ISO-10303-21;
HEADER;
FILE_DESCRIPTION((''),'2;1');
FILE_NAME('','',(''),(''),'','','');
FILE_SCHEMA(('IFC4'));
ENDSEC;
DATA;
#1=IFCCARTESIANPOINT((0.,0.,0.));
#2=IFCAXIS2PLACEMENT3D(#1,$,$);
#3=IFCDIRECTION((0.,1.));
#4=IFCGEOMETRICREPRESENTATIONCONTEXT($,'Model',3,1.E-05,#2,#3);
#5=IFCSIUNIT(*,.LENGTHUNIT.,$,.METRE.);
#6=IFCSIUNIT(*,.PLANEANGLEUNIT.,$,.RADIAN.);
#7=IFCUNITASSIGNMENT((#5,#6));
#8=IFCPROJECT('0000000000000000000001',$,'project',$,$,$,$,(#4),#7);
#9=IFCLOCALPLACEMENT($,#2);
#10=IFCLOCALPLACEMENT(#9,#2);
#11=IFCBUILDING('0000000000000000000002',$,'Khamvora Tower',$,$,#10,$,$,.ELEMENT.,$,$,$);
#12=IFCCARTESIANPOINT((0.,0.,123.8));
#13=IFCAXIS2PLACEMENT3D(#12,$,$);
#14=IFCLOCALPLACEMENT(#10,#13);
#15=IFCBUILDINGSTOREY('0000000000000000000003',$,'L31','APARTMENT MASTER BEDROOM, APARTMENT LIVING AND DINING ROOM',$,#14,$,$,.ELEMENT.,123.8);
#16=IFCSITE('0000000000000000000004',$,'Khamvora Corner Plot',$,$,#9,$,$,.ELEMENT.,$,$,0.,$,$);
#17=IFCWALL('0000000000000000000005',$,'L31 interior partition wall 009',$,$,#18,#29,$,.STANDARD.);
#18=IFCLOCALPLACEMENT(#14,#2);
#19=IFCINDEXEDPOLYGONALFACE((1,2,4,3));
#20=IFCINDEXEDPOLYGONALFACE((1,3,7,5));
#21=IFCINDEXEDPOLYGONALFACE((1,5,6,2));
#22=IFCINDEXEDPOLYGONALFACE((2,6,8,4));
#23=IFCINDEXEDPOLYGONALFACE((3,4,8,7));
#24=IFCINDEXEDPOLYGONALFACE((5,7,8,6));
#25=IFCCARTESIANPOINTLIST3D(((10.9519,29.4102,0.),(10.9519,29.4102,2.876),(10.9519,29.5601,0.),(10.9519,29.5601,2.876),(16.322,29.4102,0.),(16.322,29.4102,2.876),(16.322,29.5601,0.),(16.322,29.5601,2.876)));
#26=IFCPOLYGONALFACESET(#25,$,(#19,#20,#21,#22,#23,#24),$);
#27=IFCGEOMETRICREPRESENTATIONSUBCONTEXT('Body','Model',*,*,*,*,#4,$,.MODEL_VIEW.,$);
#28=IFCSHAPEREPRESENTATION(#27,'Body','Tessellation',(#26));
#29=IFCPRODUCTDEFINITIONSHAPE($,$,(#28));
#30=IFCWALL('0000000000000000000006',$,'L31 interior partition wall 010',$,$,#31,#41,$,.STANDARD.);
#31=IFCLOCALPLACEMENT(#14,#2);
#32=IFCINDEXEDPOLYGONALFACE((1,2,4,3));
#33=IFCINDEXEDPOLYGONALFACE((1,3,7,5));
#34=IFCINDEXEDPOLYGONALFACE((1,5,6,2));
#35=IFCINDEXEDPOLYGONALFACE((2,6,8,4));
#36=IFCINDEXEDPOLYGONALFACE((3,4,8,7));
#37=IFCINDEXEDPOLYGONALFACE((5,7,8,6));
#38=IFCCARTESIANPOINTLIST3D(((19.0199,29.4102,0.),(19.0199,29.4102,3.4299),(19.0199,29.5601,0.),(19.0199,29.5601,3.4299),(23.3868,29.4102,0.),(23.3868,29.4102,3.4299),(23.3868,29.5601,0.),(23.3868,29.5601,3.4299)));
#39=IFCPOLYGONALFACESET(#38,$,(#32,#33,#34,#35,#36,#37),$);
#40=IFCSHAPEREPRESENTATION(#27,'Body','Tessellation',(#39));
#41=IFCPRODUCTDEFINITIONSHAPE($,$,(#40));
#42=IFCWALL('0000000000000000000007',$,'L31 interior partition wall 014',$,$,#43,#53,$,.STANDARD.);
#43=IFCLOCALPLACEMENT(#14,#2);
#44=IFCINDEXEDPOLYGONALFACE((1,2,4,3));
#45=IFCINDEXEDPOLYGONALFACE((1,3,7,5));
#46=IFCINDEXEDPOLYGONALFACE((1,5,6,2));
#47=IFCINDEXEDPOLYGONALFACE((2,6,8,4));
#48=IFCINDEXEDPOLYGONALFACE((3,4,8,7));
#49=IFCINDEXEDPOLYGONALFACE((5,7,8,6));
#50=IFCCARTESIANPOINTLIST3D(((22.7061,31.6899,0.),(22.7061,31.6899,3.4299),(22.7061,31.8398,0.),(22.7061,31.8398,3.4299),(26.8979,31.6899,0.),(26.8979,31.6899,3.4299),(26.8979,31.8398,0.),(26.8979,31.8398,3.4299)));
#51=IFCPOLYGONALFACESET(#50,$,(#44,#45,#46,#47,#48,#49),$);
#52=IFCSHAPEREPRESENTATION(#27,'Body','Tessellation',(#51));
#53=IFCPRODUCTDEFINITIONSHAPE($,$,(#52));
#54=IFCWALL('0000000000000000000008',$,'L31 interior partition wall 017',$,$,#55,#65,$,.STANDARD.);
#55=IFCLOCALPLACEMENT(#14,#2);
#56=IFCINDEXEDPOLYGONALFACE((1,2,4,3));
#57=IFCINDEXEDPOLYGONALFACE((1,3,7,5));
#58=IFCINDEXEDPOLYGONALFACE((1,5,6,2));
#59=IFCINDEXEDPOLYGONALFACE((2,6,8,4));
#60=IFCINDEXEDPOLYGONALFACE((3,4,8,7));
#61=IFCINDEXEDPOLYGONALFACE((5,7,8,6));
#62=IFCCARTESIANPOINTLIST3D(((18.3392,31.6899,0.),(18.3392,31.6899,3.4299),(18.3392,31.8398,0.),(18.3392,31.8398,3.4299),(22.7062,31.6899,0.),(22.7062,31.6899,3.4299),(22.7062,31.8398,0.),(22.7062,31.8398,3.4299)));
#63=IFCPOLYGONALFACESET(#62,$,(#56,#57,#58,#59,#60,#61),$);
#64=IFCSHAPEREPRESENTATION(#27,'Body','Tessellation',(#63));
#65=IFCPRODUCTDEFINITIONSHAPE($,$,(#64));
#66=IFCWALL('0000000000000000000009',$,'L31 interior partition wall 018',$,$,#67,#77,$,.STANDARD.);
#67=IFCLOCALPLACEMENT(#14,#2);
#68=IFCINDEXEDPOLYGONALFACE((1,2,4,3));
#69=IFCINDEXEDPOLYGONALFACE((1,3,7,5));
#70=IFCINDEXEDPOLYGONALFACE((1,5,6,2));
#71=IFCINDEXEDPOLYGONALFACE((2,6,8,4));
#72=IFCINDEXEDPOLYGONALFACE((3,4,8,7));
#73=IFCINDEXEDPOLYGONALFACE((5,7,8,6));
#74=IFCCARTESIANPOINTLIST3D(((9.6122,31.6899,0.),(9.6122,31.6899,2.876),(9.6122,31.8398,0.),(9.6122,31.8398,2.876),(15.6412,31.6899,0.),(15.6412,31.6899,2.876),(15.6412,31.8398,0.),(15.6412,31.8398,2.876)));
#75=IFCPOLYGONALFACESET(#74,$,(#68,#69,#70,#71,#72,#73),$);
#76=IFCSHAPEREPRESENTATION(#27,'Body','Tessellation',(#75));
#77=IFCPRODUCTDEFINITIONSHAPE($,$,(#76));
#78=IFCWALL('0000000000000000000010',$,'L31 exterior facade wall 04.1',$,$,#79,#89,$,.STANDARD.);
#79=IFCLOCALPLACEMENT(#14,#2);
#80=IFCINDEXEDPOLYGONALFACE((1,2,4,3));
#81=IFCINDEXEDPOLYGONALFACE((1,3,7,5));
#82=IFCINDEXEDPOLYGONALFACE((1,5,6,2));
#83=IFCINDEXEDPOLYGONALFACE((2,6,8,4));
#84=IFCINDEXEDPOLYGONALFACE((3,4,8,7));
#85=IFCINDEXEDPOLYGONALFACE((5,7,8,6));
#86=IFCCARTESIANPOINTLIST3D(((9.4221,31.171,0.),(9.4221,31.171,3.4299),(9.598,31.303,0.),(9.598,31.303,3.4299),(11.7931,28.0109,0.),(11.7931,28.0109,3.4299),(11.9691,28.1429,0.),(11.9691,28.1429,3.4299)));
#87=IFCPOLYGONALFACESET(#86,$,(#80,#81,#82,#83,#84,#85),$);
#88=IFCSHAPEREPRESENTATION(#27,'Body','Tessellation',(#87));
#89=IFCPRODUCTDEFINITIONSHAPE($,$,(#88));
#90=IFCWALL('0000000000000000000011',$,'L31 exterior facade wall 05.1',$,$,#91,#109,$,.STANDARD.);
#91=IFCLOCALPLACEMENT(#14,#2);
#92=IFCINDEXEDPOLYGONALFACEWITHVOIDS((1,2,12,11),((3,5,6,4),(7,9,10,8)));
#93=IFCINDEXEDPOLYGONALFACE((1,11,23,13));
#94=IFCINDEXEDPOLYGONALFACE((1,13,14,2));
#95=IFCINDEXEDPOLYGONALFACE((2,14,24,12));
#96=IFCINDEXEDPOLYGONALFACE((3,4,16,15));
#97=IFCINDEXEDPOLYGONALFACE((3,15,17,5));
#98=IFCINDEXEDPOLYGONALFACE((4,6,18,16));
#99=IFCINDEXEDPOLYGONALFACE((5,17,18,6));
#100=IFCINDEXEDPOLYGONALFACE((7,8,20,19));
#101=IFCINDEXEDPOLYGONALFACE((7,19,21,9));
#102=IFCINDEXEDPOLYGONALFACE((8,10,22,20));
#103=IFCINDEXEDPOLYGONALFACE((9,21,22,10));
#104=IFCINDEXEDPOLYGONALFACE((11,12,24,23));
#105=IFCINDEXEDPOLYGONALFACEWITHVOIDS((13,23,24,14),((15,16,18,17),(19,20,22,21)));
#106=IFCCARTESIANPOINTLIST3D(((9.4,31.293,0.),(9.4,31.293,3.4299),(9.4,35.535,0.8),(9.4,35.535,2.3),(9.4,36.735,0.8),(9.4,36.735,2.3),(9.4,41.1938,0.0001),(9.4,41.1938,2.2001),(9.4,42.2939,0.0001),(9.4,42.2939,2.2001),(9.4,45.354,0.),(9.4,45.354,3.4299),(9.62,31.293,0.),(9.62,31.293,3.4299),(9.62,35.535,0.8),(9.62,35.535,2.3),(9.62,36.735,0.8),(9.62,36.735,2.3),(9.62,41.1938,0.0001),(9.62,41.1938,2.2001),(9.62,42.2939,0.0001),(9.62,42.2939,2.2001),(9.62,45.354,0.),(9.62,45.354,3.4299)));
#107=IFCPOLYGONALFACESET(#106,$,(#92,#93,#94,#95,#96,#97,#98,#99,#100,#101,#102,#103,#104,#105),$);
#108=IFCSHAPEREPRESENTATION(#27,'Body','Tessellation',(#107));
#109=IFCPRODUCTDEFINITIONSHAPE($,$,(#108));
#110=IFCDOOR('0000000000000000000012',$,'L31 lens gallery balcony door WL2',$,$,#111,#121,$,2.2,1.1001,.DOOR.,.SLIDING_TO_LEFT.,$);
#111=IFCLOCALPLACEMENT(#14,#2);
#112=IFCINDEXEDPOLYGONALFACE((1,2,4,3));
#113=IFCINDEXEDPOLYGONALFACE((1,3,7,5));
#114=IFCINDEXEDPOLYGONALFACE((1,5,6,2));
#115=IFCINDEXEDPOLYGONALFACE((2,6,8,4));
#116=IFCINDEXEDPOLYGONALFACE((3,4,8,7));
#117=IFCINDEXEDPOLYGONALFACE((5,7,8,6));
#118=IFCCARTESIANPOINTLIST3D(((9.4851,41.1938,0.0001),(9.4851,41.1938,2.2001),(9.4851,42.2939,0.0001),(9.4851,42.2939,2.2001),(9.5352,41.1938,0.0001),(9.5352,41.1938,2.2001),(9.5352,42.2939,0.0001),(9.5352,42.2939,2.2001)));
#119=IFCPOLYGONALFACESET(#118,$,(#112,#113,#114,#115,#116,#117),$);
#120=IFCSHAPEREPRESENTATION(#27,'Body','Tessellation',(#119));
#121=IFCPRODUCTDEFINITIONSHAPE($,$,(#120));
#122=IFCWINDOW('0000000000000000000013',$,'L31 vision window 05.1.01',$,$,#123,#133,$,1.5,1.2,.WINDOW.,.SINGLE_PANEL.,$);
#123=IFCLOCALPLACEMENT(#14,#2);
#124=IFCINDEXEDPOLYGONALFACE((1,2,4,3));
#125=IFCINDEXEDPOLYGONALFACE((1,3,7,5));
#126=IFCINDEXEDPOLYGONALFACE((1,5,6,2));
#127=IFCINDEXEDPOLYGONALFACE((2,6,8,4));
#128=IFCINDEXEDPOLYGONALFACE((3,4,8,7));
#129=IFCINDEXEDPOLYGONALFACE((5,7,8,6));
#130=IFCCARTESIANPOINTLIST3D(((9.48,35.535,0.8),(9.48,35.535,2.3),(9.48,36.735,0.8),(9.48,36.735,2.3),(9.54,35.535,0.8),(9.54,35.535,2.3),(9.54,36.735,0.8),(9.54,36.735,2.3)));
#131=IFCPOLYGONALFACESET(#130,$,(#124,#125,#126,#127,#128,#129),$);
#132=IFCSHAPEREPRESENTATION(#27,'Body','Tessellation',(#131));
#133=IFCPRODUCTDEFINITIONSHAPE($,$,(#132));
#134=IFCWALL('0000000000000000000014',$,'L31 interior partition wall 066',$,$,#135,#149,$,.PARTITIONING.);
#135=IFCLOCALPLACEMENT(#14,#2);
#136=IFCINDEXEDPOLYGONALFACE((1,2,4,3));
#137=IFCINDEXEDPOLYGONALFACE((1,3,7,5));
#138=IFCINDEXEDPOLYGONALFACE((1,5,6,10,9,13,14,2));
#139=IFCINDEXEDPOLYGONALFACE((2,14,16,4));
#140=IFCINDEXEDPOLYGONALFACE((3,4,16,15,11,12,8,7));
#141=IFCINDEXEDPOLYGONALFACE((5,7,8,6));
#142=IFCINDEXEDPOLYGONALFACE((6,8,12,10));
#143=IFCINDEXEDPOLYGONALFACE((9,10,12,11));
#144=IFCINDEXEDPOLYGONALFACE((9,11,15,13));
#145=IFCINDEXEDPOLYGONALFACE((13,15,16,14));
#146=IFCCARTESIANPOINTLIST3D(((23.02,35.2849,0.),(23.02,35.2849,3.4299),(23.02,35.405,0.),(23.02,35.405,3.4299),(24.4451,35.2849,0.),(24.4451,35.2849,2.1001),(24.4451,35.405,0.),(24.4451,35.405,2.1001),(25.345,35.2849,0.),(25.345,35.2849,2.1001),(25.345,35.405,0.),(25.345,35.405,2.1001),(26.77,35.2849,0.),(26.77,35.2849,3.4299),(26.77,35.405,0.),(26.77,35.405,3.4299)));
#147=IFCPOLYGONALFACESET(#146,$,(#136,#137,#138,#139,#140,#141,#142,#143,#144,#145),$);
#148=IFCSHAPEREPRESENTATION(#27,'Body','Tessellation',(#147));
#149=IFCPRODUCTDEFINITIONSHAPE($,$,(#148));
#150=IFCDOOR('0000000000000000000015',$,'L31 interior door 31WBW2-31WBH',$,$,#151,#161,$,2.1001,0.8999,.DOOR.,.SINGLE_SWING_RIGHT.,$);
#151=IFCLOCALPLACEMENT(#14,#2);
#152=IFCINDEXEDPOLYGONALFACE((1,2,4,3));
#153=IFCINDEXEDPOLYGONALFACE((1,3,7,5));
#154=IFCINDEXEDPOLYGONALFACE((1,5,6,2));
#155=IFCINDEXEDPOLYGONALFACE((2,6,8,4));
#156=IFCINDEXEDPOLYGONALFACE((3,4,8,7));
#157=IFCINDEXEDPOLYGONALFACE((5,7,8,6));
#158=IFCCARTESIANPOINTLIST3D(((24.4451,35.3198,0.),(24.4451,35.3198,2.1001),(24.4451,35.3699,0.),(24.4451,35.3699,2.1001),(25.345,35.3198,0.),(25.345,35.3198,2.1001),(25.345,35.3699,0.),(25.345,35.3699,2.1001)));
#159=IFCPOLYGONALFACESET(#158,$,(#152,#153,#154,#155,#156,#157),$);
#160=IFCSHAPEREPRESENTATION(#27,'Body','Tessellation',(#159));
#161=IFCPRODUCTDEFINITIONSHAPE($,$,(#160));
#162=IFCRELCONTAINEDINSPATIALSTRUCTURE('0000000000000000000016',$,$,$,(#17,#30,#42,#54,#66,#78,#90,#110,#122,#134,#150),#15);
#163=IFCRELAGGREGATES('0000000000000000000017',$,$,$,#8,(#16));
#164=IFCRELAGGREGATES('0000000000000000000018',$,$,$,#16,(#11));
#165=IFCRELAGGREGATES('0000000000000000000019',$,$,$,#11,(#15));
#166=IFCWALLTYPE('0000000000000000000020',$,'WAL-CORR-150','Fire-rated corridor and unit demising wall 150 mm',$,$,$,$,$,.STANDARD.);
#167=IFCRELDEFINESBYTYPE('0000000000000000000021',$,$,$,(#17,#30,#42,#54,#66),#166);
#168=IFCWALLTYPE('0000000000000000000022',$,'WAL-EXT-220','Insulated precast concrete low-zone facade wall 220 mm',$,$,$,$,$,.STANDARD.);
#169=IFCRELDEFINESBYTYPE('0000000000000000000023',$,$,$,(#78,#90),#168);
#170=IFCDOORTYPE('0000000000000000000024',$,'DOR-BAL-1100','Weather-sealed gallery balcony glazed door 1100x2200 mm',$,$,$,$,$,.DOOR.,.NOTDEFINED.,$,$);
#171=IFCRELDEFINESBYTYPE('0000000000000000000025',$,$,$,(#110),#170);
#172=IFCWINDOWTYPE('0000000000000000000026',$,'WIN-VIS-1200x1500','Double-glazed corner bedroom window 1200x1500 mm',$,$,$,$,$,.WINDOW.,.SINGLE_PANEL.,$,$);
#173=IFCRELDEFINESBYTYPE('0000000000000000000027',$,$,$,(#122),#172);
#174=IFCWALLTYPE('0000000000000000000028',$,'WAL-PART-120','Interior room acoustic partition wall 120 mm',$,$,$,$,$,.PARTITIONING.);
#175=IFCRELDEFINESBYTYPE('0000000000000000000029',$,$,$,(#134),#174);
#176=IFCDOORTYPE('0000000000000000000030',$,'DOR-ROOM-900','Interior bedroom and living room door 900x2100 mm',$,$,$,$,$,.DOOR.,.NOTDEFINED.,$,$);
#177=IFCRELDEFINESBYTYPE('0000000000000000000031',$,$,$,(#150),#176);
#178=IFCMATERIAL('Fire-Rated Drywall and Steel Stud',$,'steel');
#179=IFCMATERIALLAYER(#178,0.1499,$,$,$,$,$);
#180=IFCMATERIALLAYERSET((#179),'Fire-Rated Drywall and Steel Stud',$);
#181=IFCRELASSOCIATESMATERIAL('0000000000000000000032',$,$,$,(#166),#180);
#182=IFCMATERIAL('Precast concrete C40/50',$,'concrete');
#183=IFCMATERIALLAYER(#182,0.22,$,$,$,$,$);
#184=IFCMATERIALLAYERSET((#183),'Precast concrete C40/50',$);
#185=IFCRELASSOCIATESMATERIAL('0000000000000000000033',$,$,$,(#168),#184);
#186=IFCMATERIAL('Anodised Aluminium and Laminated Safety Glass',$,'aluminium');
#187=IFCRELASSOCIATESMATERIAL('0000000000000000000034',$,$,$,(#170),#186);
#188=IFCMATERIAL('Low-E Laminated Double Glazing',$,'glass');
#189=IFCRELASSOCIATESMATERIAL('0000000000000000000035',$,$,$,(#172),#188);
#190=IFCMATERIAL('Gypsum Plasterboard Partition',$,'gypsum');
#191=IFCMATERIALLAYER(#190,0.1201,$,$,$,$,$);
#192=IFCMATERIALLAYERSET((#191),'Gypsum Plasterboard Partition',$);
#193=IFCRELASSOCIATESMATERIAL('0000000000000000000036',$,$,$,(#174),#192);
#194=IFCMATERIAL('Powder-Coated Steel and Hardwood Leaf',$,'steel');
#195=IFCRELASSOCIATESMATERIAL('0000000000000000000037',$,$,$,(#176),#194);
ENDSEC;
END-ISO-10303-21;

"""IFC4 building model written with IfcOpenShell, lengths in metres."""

from ifc_helpers import new_model, si_unit, direction, frame, frame_2d, origin, place, context, subcontext, project, spatial, rectangle, extrude, material, layer, layer_set, type_object, element, fill, save


model = new_model("IFC4")

# Units and contexts
model_context = context("Model", 3, precision=1e-05, world=origin(), true_north=direction((0.0, 1.0)))
body_context = subcontext(model_context, "Body", "Model", "MODEL_VIEW")
ifc_project = project(units=[si_unit("LENGTHUNIT", "METRE"), si_unit("PLANEANGLEUNIT", "RADIAN")], contexts=[model_context])

# Site, building, storey
site_placement = place(None, origin())
site = spatial("IfcSite", under=ifc_project, at=site_placement, Name="Khamvora Corner Plot", CompositionType="ELEMENT", RefElevation=0.0)
building_placement = place(site_placement, origin())
building = spatial("IfcBuilding", under=site, at=building_placement, Name="Khamvora Tower", CompositionType="ELEMENT")
storey_placement = place(building_placement, frame((0.0, 0.0, 123.8)))
storey = spatial("IfcBuildingStorey", under=building, at=storey_placement, Name="L31", Description="APARTMENT MASTER BEDROOM, APARTMENT LIVING AND DINING ROOM", CompositionType="ELEMENT", Elevation=123.8)

# Shared definitions
ifc_material_1 = material(Name="Fire-Rated Drywall and Steel Stud", Category="steel")
ifc_layer_1 = layer(ifc_material_1, 0.1499)
ifc_layer_set_1 = layer_set([ifc_layer_1], Name="Fire-Rated Drywall and Steel Stud")
wall_type_1 = type_object("IfcWallType", Name="WAL-CORR-150", Description="Fire-rated corridor and unit demising wall 150 mm", PredefinedType="STANDARD", material=ifc_layer_set_1)
ifc_material_2 = material(Name="Powder-Coated Steel and Hardwood Leaf", Category="steel")

# Walls
wall_1_placement = place(storey_placement, frame((16.322, 29.4851, 0.0), z_axis=(0.0, 0.0, 1.0), x_axis=(-1.0, 0.0, 0.0)))
element("IfcWall", 1, at=wall_1_placement, inside=storey, type_object=wall_type_1, Name="L31 interior partition wall 009", PredefinedType="STANDARD", context=body_context, shape_type="SweptSolid", body=[
    extrude(rectangle(XDim=5.3701, YDim=0.1499, at=frame_2d((2.6851, 0.0))), origin(), (0.0, 0.0, 1.0), 2.876),
])
wall_2_placement = place(storey_placement, frame((23.387, 29.4851, 0.0), z_axis=(0.0, 0.0, 1.0), x_axis=(-1.0, 0.0, 0.0)))
element("IfcWall", 2, at=wall_2_placement, inside=storey, type_object=wall_type_1, Name="L31 interior partition wall 010", PredefinedType="STANDARD", context=body_context, shape_type="SweptSolid", body=[
    extrude(rectangle(XDim=4.3669, YDim=0.1499, at=frame_2d((2.1836, 0.0))), origin(), (0.0, 0.0, 1.0), 3.4299),
])
wall_3_placement = place(storey_placement, frame((22.7061, 31.7649, 0.0), z_axis=(0.0, 0.0, 1.0), x_axis=(1.0, 0.0, 0.0)))
element("IfcWall", 3, at=wall_3_placement, inside=storey, type_object=wall_type_1, Name="L31 interior partition wall 014", PredefinedType="STANDARD", context=body_context, shape_type="SweptSolid", body=[
    extrude(rectangle(XDim=4.1919, YDim=0.1499, at=frame_2d((2.0959, 0.0))), origin(), (0.0, 0.0, 1.0), 3.4299),
])

# Walls
wall_4_placement = place(storey_placement, frame((18.3391, 31.7649, 0.0), z_axis=(0.0, 0.0, 1.0), x_axis=(1.0, 0.0, 0.0)))
element("IfcWall", 4, at=wall_4_placement, inside=storey, type_object=wall_type_1, Name="L31 interior partition wall 017", PredefinedType="STANDARD", context=body_context, shape_type="SweptSolid", body=[
    extrude(rectangle(XDim=4.3669, YDim=0.1499, at=frame_2d((2.1836, 0.0))), origin(), (0.0, 0.0, 1.0), 3.4299),
])
wall_5_placement = place(storey_placement, frame((9.6121, 31.7649, 0.0), z_axis=(0.0, 0.0, 1.0), x_axis=(1.0, 0.0, 0.0)))
element("IfcWall", 5, at=wall_5_placement, inside=storey, type_object=wall_type_1, Name="L31 interior partition wall 018", PredefinedType="STANDARD", context=body_context, shape_type="SweptSolid", body=[
    extrude(rectangle(XDim=6.0291, YDim=0.1499, at=frame_2d((3.0146, 0.0))), origin(), (0.0, 0.0, 1.0), 2.876),
])
ifc_material_3 = material(Name="Precast concrete C40/50", Category="concrete")
ifc_layer_2 = layer(ifc_material_3, 0.22)
ifc_layer_set_2 = layer_set([ifc_layer_2], Name="Precast concrete C40/50")
wall_type_2 = type_object("IfcWallType", Name="WAL-EXT-220", Description="Insulated precast concrete low-zone facade wall 220 mm", PredefinedType="STANDARD", material=ifc_layer_set_2)
wall_6_placement = place(storey_placement, frame((11.8811, 28.0769, 0.0), z_axis=(0.0, 0.0, 1.0), x_axis=(-0.600158, 0.799881, 0.0)))
element("IfcWall", 6, at=wall_6_placement, inside=storey, type_object=wall_type_2, Name="L31 exterior facade wall 04.1", PredefinedType="STANDARD", context=body_context, shape_type="SweptSolid", body=[
    extrude(rectangle(XDim=3.9507, YDim=0.22, at=frame_2d((1.9753, 0.0))), origin(), (0.0, 0.0, 1.0), 3.4299),
])

# Wall, openings, door, window
wall_7_placement = place(storey_placement, frame((9.51, 31.293, 0.0), z_axis=(0.0, 0.0, 1.0), x_axis=(0.0, 1.0, 0.0)))
wall_7 = element("IfcWall", 7, at=wall_7_placement, inside=storey, type_object=wall_type_2, Name="L31 exterior facade wall 05.1", PredefinedType="STANDARD", context=body_context, shape_type="SweptSolid", body=[
    extrude(rectangle(XDim=14.061, YDim=0.22, at=frame_2d((7.0305, 0.0))), origin(), (0.0, 0.0, 1.0), 3.4299),
])
opening_1_placement = place(wall_7_placement, frame((9.9009, 0.0, 0.0)))
opening_1 = element("IfcOpeningElement", 8, at=opening_1_placement, cuts=wall_7, PredefinedType="OPENING", context=body_context, shape_type="SweptSolid", body=[
    extrude(rectangle(XDim=1.1001, YDim=2.2, at=frame_2d((0.55, 1.1001))), frame((0.0, 0.1199, 0.0), z_axis=(0.0, -1.0, 0.0), x_axis=(1.0, 0.0, 0.0)), (0.0, 0.0, 1.0), 0.24),
])
opening_2_placement = place(wall_7_placement, frame((4.2419, 0.0, 0.8)))
opening_2 = element("IfcOpeningElement", 9, at=opening_2_placement, cuts=wall_7, PredefinedType="OPENING", context=body_context, shape_type="SweptSolid", body=[
    extrude(rectangle(XDim=1.2, YDim=1.5, at=frame_2d((0.6001, 0.75))), frame((0.0, 0.1199, 0.0), z_axis=(0.0, -1.0, 0.0), x_axis=(1.0, 0.0, 0.0)), (0.0, 0.0, 1.0), 0.24),
])
ifc_material_4 = material(Name="Anodised Aluminium and Laminated Safety Glass", Category="aluminium")
door_type_1 = type_object("IfcDoorType", Name="DOR-BAL-1100", Description="Weather-sealed gallery balcony glazed door 1100x2200 mm", OperationType="NOTDEFINED", PredefinedType="DOOR", material=ifc_material_4)
door_1_placement = place(opening_1_placement, origin())
door_1 = element("IfcDoor", 10, at=door_1_placement, inside=storey, type_object=door_type_1, Name="L31 lens gallery balcony door WL2", OperationType="SLIDING_TO_LEFT", OverallHeight=2.2, OverallWidth=1.1001, PredefinedType="DOOR", context=body_context, shape_type="SweptSolid", body=[
    extrude(rectangle(XDim=1.1001, YDim=2.2, at=frame_2d((0.55, 1.1001))), frame((0.0, 0.0249, 0.0), z_axis=(0.0, -1.0, 0.0), x_axis=(1.0, 0.0, 0.0)), (0.0, 0.0, 1.0), 0.05),
])
fill(opening_1, door_1)
ifc_material_5 = material(Name="Low-E Laminated Double Glazing", Category="glass")
window_type = type_object("IfcWindowType", Name="WIN-VIS-1200x1500", Description="Double-glazed corner bedroom window 1200x1500 mm", PartitioningType="SINGLE_PANEL", PredefinedType="WINDOW", material=ifc_material_5)
window_placement = place(opening_2_placement, origin())
window = element("IfcWindow", 11, at=window_placement, inside=storey, type_object=window_type, Name="L31 vision window 05.1.01", OverallHeight=1.5, OverallWidth=1.2, PartitioningType="SINGLE_PANEL", PredefinedType="WINDOW", context=body_context, shape_type="SweptSolid", body=[
    extrude(rectangle(XDim=1.2, YDim=1.5, at=frame_2d((0.6001, 0.75))), frame((0.0, 0.03, 0.0), z_axis=(0.0, -1.0, 0.0), x_axis=(1.0, 0.0, 0.0)), (0.0, 0.0, 1.0), 0.0601),
])
fill(opening_2, window)

# Wall, opening, door
ifc_material_6 = material(Name="Gypsum Plasterboard Partition", Category="gypsum")
ifc_layer_3 = layer(ifc_material_6, 0.1201)
ifc_layer_set_3 = layer_set([ifc_layer_3], Name="Gypsum Plasterboard Partition")
wall_type_3 = type_object("IfcWallType", Name="WAL-PART-120", Description="Interior room acoustic partition wall 120 mm", PredefinedType="PARTITIONING", material=ifc_layer_set_3)
wall_8_placement = place(storey_placement, frame((23.02, 35.345, 0.0), z_axis=(0.0, 0.0, 1.0), x_axis=(1.0, 0.0, 0.0)))
wall_8 = element("IfcWall", 12, at=wall_8_placement, inside=storey, type_object=wall_type_3, Name="L31 interior partition wall 066", PredefinedType="PARTITIONING", context=body_context, shape_type="SweptSolid", body=[
    extrude(rectangle(XDim=3.75, YDim=0.1201, at=frame_2d((1.875, 0.0))), origin(), (0.0, 0.0, 1.0), 3.4299),
])
opening_3_placement = place(wall_8_placement, frame((1.425, 0.0, 0.0)))
opening_3 = element("IfcOpeningElement", 13, at=opening_3_placement, cuts=wall_8, PredefinedType="OPENING", context=body_context, shape_type="SweptSolid", body=[
    extrude(rectangle(XDim=0.8999, YDim=2.1001, at=frame_2d((0.45, 1.05))), frame((0.0, 0.0701, 0.0), z_axis=(0.0, -1.0, 0.0), x_axis=(1.0, 0.0, 0.0)), (0.0, 0.0, 1.0), 0.1401),
])
door_type_2 = type_object("IfcDoorType", Name="DOR-ROOM-900", Description="Interior bedroom and living room door 900x2100 mm", OperationType="NOTDEFINED", PredefinedType="DOOR", material=ifc_material_2)
door_2_placement = place(opening_3_placement, origin())
door_2 = element("IfcDoor", 14, at=door_2_placement, inside=storey, type_object=door_type_2, Name="L31 interior door 31WBW2-31WBH", OperationType="SINGLE_SWING_RIGHT", OverallHeight=2.1001, OverallWidth=0.8999, PredefinedType="DOOR", context=body_context, shape_type="SweptSolid", body=[
    extrude(rectangle(XDim=0.8999, YDim=2.1001, at=frame_2d((0.45, 1.05))), frame((0.0, 0.0249, 0.0), z_axis=(0.0, -1.0, 0.0), x_axis=(1.0, 0.0, 0.0)), (0.0, 0.0, 1.0), 0.05),
])
fill(opening_3, door_2)

save(model, "model.ifc")
